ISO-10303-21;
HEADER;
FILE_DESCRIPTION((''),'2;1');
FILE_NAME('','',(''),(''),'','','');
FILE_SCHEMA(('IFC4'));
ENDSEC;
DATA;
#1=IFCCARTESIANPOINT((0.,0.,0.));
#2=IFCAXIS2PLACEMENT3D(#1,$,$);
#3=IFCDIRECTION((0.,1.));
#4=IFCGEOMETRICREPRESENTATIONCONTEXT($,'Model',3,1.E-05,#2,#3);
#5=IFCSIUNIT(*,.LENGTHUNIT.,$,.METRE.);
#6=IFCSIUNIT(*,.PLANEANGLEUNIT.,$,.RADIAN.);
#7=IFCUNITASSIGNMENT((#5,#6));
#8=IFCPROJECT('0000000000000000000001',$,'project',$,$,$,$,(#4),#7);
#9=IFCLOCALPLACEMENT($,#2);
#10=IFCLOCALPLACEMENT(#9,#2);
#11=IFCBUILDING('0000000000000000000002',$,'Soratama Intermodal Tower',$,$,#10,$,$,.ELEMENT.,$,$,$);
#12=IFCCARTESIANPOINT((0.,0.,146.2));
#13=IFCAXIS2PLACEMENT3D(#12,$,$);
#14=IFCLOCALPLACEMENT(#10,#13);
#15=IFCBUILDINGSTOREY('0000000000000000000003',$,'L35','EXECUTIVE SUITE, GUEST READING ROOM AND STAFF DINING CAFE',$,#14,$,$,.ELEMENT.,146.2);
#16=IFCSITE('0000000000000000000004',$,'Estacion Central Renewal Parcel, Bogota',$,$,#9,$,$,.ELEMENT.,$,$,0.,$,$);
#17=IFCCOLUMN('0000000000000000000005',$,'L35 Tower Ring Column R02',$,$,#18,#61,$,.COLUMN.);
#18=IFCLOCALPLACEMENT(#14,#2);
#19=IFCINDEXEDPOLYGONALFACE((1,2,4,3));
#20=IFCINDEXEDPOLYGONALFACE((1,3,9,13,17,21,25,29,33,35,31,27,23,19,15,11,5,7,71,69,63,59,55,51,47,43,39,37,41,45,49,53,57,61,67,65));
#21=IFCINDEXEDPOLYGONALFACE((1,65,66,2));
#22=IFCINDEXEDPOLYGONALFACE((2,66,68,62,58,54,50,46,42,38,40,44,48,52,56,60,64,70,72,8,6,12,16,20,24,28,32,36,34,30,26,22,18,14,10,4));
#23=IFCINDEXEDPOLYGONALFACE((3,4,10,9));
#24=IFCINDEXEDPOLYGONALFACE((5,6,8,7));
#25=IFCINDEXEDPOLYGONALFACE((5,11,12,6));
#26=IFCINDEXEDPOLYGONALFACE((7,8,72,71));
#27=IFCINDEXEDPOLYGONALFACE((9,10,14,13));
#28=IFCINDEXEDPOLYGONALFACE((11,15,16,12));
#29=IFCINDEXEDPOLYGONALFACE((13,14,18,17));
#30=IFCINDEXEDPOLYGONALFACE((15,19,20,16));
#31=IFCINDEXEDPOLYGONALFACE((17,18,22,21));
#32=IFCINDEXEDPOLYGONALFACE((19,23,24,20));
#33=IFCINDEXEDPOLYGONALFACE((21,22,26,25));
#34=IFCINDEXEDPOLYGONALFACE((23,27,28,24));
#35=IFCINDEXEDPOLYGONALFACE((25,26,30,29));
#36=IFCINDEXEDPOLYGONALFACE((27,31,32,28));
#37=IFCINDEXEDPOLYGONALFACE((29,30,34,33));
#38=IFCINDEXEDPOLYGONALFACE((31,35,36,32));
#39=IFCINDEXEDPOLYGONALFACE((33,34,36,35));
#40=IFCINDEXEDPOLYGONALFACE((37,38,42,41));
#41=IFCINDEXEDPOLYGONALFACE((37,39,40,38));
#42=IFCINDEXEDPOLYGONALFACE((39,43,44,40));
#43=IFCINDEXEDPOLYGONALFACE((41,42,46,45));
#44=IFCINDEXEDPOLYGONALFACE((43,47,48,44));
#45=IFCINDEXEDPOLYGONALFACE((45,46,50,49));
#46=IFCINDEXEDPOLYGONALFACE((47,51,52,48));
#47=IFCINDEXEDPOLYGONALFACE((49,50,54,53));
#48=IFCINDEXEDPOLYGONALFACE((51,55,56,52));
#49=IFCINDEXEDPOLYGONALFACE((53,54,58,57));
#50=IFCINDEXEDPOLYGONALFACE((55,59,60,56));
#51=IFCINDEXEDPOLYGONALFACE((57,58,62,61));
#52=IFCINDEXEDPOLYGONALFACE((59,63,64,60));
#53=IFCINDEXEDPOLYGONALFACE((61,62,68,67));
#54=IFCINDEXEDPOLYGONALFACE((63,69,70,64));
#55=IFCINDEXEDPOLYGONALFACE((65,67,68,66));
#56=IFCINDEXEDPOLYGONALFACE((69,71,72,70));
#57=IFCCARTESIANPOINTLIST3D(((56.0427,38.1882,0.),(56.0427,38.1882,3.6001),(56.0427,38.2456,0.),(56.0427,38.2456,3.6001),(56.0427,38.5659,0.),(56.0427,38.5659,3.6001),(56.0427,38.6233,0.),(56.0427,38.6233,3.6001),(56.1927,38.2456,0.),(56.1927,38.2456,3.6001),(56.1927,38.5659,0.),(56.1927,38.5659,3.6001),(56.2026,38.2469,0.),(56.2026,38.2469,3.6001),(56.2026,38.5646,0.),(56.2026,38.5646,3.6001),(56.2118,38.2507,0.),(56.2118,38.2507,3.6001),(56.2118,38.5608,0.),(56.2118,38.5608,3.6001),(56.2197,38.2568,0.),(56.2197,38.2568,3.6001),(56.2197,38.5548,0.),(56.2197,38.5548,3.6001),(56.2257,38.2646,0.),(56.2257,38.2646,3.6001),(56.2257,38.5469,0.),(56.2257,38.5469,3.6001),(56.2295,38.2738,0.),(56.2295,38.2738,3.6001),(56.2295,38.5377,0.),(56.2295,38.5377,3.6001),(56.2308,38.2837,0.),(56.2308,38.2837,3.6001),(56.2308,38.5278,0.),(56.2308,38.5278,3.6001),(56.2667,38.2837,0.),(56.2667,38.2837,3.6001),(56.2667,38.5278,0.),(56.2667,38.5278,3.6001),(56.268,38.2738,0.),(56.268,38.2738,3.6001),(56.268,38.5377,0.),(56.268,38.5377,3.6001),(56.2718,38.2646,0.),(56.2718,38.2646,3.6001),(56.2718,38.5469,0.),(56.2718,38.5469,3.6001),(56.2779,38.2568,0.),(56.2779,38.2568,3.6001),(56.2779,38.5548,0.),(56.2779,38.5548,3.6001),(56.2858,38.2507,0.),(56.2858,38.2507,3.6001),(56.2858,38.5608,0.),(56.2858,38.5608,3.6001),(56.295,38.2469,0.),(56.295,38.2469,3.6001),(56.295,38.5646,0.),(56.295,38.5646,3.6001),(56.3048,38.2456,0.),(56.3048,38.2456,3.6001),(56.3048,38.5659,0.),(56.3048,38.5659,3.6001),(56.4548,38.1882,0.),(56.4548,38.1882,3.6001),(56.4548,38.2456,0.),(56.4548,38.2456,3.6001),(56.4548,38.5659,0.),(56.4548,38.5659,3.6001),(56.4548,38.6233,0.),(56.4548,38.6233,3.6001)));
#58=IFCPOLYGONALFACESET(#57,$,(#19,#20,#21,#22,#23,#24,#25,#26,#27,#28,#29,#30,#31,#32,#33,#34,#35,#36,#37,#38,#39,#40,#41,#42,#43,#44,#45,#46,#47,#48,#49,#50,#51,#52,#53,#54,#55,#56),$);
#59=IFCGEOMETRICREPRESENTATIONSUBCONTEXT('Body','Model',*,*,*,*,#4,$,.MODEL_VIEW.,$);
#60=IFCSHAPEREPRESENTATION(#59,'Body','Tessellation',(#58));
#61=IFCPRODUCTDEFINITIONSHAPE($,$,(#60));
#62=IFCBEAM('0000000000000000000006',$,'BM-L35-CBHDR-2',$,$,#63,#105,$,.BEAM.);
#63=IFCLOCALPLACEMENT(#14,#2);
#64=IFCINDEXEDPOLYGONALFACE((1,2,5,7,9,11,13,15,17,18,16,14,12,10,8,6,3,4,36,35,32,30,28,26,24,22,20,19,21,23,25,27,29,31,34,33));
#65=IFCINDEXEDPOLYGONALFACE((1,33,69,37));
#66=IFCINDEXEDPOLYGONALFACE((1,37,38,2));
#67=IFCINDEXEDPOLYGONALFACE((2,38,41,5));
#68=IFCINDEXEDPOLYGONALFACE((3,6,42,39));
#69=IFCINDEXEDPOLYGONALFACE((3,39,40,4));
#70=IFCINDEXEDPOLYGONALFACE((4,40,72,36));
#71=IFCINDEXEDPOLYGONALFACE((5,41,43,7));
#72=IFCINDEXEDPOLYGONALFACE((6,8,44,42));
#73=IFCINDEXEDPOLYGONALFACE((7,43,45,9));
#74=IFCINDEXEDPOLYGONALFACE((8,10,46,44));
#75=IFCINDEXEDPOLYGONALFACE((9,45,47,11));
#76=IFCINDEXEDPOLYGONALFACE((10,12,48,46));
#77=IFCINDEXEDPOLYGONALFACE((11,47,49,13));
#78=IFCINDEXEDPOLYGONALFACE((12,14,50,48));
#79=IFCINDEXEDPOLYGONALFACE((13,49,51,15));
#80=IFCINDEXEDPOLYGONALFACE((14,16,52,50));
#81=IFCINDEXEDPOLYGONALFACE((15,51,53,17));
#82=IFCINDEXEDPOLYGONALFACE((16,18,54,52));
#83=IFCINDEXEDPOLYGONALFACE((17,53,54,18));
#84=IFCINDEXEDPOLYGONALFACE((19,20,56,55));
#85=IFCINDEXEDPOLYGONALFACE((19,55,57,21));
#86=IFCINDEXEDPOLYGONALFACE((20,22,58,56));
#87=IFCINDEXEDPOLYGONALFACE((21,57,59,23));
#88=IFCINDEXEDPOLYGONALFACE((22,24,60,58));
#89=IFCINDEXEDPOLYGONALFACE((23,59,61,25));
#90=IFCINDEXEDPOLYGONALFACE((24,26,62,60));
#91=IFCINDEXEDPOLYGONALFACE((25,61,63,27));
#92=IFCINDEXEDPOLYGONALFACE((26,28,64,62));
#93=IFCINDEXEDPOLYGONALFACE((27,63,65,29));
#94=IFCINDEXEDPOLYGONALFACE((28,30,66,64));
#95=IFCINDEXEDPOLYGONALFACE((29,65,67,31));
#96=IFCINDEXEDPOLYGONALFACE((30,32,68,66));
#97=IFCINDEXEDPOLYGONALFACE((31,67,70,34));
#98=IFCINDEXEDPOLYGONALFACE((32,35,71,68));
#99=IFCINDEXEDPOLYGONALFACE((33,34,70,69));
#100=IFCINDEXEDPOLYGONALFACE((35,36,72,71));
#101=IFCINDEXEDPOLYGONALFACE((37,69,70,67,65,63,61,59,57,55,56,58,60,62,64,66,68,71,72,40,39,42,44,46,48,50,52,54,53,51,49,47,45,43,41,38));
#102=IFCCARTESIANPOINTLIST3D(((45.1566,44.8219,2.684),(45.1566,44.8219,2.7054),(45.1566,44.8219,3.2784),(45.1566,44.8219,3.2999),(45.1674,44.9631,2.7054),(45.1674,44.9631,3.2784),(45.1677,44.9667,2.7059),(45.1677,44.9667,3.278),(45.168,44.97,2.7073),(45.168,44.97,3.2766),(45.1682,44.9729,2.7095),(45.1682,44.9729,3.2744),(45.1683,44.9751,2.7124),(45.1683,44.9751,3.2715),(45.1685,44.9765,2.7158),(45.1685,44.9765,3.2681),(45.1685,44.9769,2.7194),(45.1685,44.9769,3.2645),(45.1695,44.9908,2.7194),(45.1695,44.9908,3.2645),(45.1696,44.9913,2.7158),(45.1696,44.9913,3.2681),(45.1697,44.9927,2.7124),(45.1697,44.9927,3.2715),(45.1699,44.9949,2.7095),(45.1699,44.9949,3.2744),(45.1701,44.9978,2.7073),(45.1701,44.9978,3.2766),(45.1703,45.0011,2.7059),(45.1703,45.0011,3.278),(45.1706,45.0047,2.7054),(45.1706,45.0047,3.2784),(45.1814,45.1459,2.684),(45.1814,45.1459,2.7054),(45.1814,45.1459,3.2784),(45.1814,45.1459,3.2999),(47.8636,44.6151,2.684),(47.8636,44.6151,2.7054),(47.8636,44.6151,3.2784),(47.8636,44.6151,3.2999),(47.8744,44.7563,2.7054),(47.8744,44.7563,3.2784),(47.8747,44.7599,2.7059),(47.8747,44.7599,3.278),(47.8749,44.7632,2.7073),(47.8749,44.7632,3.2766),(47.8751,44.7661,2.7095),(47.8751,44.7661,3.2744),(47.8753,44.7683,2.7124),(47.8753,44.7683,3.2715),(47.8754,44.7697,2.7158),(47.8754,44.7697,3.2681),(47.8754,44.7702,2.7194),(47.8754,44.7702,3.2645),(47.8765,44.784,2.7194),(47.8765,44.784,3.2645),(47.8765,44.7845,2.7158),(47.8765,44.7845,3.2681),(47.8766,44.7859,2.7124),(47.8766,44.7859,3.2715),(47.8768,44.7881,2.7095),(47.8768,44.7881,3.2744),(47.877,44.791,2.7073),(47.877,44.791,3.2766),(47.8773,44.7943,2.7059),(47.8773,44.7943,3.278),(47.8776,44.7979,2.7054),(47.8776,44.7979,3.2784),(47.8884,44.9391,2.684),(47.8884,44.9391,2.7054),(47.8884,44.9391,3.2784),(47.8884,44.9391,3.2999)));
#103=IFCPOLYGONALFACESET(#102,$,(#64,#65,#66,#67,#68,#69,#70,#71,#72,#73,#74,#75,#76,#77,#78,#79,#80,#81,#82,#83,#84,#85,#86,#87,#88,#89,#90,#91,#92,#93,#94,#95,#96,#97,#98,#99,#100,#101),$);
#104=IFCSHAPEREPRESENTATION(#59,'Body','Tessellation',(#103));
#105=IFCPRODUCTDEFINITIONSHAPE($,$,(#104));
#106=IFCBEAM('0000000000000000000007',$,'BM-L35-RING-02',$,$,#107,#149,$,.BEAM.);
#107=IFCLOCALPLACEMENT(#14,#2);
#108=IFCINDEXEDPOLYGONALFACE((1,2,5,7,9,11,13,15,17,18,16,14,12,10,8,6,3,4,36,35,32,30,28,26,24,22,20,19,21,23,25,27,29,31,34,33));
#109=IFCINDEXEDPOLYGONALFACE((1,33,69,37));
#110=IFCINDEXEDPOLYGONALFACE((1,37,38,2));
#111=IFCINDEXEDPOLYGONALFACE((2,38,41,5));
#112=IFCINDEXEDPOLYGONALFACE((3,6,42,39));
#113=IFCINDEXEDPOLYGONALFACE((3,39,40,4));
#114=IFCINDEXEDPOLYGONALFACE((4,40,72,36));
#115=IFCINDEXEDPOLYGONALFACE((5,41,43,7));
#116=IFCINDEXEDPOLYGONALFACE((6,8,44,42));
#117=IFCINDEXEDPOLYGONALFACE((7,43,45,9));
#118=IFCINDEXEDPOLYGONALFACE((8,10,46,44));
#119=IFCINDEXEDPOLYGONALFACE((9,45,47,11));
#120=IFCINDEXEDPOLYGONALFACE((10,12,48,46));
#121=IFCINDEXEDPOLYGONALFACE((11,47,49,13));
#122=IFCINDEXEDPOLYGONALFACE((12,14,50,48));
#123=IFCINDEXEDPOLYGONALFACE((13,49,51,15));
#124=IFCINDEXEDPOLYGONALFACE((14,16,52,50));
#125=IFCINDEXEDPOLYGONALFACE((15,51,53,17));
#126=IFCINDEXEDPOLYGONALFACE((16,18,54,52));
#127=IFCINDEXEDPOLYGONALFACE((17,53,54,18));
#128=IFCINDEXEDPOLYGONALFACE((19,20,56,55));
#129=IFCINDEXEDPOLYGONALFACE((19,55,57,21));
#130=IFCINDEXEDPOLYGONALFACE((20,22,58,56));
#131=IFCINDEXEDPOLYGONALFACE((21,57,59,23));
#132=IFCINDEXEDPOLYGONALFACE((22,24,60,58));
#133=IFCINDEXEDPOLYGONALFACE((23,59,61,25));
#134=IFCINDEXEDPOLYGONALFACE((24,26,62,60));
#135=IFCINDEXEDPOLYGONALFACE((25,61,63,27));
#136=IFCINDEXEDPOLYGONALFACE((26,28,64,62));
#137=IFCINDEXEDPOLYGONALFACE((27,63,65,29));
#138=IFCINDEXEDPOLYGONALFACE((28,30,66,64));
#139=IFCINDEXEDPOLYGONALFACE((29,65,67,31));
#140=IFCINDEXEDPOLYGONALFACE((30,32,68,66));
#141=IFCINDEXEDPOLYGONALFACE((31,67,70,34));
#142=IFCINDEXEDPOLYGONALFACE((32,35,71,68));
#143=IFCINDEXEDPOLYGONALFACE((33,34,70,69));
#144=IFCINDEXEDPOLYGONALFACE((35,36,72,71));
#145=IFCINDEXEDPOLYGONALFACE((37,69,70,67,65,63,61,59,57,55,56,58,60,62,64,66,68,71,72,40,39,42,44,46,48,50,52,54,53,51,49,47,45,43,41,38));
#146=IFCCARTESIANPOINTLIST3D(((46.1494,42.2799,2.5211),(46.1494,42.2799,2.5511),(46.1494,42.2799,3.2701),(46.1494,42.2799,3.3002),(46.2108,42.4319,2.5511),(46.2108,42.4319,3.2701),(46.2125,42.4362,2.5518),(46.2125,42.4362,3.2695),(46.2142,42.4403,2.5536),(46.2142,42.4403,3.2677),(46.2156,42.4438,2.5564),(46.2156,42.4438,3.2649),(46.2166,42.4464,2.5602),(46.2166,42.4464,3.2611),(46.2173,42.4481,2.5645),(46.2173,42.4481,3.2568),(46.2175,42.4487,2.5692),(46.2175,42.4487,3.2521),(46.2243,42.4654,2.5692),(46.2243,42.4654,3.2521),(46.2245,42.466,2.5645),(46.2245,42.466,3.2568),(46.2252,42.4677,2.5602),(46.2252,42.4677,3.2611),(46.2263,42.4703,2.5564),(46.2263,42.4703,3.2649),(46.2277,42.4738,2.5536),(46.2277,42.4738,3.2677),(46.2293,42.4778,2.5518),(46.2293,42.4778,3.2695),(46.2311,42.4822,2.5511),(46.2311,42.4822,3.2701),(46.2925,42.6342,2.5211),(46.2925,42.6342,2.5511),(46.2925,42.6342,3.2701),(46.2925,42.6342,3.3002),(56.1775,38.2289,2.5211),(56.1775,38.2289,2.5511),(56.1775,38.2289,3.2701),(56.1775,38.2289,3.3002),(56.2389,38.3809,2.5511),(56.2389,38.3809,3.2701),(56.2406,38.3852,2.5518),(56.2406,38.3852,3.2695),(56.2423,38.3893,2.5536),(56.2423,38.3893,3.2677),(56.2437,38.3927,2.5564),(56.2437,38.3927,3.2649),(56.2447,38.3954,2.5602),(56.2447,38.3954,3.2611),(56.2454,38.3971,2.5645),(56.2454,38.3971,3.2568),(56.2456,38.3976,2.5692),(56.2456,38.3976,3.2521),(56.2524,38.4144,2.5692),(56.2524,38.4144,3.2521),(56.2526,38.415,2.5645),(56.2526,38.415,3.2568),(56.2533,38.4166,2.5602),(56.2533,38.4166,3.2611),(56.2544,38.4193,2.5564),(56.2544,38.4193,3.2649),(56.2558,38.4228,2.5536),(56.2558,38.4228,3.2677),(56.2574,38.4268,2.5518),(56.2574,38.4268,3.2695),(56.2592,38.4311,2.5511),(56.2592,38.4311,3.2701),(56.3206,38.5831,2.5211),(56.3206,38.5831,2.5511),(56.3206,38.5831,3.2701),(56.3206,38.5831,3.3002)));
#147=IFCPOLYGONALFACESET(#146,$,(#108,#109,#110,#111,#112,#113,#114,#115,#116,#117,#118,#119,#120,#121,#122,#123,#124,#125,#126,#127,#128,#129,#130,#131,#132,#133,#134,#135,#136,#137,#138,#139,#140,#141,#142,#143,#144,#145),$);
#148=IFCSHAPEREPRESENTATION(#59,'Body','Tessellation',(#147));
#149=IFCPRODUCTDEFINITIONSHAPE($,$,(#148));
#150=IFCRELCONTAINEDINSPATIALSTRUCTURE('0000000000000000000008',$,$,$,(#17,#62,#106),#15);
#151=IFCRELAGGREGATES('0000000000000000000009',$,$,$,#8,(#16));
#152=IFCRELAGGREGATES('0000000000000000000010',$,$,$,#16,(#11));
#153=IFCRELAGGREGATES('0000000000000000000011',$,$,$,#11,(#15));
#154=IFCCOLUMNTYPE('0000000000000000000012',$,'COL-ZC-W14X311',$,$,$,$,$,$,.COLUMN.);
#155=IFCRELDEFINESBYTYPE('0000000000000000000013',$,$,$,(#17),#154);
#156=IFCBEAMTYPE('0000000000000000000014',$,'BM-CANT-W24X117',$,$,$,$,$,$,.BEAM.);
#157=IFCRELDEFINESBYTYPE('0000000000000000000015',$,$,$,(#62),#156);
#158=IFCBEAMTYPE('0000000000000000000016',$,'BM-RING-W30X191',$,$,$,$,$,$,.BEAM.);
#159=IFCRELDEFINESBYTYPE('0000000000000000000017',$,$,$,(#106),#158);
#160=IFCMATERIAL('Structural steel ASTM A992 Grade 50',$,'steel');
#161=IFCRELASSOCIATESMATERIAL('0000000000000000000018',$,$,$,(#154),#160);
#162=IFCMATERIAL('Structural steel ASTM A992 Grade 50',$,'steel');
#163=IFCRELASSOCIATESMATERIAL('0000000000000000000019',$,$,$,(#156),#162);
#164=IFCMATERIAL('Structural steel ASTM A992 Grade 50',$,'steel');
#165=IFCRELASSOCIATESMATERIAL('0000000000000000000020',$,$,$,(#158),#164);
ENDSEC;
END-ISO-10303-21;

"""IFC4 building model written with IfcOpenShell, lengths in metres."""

from ifc_helpers import new_model, si_unit, direction, frame, origin, origin_2d, place, context, subcontext, project, spatial, i_section, extrude, material, material_profile, profile_set, type_object, element, save


model = new_model("IFC4")

# Units and contexts
model_context = context("Model", 3, precision=1e-05, world=origin(), true_north=direction((0.0, 1.0)))
body_context = subcontext(model_context, "Body", "Model", "MODEL_VIEW")
ifc_project = project(units=[si_unit("LENGTHUNIT", "METRE"), si_unit("PLANEANGLEUNIT", "RADIAN")], contexts=[model_context])

# Site, building, storey
site_placement = place(None, origin())
site = spatial("IfcSite", under=ifc_project, at=site_placement, Name="Estacion Central Renewal Parcel, Bogota", CompositionType="ELEMENT", RefElevation=0.0)
building_placement = place(site_placement, origin())
building = spatial("IfcBuilding", under=site, at=building_placement, Name="Soratama Intermodal Tower", CompositionType="ELEMENT")
storey_placement = place(building_placement, frame((0.0, 0.0, 146.2)))
storey = spatial("IfcBuildingStorey", under=building, at=storey_placement, Name="L35", Description="EXECUTIVE SUITE, GUEST READING ROOM AND STAFF DINING CAFE", CompositionType="ELEMENT", Elevation=146.2)

# Column
ifc_material_1 = material(Name="Structural steel ASTM A992 Grade 50", Category="steel")
ifc_material_profile_1 = material_profile(ifc_material_1, i_section(OverallWidth=0.4121, OverallDepth=0.4351, WebThickness=0.0359, FlangeThickness=0.0574, FilletRadius=0.0381, at=origin_2d()), Name="W14X311")
ifc_profile_set_1 = profile_set([ifc_material_profile_1], Name="Structural steel ASTM A992 Grade 50")
column_type = type_object("IfcColumnType", Name="COL-ZC-W14X311", PredefinedType="COLUMN", material=ifc_profile_set_1)
column_placement = place(storey_placement, frame((56.2488, 38.4058, 0.0), z_axis=(0.0, 0.0, 1.0), x_axis=(1.0, 0.0, 0.0)))
element("IfcColumn", 1, at=column_placement, inside=storey, type_object=column_type, Name="L35 Tower Ring Column R02", PredefinedType="COLUMN", context=body_context, shape_type="SweptSolid", body=[
    extrude(i_section(OverallWidth=0.4121, OverallDepth=0.4351, WebThickness=0.0359, FlangeThickness=0.0574, FilletRadius=0.0381, at=origin_2d()), origin(), (0.0, 0.0, 1.0), 3.6001),
])

# Beams
ifc_material_2 = material(Name="Structural steel ASTM A992 Grade 50", Category="steel")
ifc_material_profile_2 = material_profile(ifc_material_2, i_section(OverallWidth=0.325, OverallDepth=0.616, WebThickness=0.0139, FlangeThickness=0.0215, FilletRadius=0.0139, at=origin_2d()), Name="W24X117")
ifc_profile_set_2 = profile_set([ifc_material_profile_2], Name="Structural steel ASTM A992 Grade 50")
beam_type_1 = type_object("IfcBeamType", Name="BM-CANT-W24X117", PredefinedType="BEAM", material=ifc_profile_set_2)
beam_1_placement = place(storey_placement, frame((47.876, 44.7771, 2.9919), z_axis=(-0.997095, 0.076167, 0.0), x_axis=(-0.076167, -0.997095, 0.0)))
element("IfcBeam", 2, at=beam_1_placement, inside=storey, type_object=beam_type_1, Name="BM-L35-CBHDR-2", PredefinedType="BEAM", context=body_context, shape_type="SweptSolid", body=[
    extrude(i_section(OverallWidth=0.325, OverallDepth=0.616, WebThickness=0.0139, FlangeThickness=0.0215, FilletRadius=0.0139, at=origin_2d()), origin(), (0.0, 0.0, 1.0), 2.7148),
])
ifc_material_3 = material(Name="Structural steel ASTM A992 Grade 50", Category="steel")
ifc_material_profile_3 = material_profile(ifc_material_3, i_section(OverallWidth=0.3821, OverallDepth=0.7791, WebThickness=0.0181, FlangeThickness=0.03, FilletRadius=0.0181, at=origin_2d()), Name="W30X191")
ifc_profile_set_3 = profile_set([ifc_material_profile_3], Name="Structural steel ASTM A992 Grade 50")
beam_type_2 = type_object("IfcBeamType", Name="BM-RING-W30X191", PredefinedType="BEAM", material=ifc_profile_set_3)
beam_2_placement = place(storey_placement, frame((56.249, 38.406, 2.9106), z_axis=(-0.927202, 0.37456, 0.0), x_axis=(-0.37456, -0.927202, 0.0)))
element("IfcBeam", 3, at=beam_2_placement, inside=storey, type_object=beam_type_2, Name="BM-L35-RING-02", PredefinedType="BEAM", context=body_context, shape_type="SweptSolid", body=[
    extrude(i_section(OverallWidth=0.3821, OverallDepth=0.7791, WebThickness=0.0181, FlangeThickness=0.03, FilletRadius=0.0181, at=origin_2d()), origin(), (0.0, 0.0, 1.0), 10.8154),
])

save(model, "model.ifc")
